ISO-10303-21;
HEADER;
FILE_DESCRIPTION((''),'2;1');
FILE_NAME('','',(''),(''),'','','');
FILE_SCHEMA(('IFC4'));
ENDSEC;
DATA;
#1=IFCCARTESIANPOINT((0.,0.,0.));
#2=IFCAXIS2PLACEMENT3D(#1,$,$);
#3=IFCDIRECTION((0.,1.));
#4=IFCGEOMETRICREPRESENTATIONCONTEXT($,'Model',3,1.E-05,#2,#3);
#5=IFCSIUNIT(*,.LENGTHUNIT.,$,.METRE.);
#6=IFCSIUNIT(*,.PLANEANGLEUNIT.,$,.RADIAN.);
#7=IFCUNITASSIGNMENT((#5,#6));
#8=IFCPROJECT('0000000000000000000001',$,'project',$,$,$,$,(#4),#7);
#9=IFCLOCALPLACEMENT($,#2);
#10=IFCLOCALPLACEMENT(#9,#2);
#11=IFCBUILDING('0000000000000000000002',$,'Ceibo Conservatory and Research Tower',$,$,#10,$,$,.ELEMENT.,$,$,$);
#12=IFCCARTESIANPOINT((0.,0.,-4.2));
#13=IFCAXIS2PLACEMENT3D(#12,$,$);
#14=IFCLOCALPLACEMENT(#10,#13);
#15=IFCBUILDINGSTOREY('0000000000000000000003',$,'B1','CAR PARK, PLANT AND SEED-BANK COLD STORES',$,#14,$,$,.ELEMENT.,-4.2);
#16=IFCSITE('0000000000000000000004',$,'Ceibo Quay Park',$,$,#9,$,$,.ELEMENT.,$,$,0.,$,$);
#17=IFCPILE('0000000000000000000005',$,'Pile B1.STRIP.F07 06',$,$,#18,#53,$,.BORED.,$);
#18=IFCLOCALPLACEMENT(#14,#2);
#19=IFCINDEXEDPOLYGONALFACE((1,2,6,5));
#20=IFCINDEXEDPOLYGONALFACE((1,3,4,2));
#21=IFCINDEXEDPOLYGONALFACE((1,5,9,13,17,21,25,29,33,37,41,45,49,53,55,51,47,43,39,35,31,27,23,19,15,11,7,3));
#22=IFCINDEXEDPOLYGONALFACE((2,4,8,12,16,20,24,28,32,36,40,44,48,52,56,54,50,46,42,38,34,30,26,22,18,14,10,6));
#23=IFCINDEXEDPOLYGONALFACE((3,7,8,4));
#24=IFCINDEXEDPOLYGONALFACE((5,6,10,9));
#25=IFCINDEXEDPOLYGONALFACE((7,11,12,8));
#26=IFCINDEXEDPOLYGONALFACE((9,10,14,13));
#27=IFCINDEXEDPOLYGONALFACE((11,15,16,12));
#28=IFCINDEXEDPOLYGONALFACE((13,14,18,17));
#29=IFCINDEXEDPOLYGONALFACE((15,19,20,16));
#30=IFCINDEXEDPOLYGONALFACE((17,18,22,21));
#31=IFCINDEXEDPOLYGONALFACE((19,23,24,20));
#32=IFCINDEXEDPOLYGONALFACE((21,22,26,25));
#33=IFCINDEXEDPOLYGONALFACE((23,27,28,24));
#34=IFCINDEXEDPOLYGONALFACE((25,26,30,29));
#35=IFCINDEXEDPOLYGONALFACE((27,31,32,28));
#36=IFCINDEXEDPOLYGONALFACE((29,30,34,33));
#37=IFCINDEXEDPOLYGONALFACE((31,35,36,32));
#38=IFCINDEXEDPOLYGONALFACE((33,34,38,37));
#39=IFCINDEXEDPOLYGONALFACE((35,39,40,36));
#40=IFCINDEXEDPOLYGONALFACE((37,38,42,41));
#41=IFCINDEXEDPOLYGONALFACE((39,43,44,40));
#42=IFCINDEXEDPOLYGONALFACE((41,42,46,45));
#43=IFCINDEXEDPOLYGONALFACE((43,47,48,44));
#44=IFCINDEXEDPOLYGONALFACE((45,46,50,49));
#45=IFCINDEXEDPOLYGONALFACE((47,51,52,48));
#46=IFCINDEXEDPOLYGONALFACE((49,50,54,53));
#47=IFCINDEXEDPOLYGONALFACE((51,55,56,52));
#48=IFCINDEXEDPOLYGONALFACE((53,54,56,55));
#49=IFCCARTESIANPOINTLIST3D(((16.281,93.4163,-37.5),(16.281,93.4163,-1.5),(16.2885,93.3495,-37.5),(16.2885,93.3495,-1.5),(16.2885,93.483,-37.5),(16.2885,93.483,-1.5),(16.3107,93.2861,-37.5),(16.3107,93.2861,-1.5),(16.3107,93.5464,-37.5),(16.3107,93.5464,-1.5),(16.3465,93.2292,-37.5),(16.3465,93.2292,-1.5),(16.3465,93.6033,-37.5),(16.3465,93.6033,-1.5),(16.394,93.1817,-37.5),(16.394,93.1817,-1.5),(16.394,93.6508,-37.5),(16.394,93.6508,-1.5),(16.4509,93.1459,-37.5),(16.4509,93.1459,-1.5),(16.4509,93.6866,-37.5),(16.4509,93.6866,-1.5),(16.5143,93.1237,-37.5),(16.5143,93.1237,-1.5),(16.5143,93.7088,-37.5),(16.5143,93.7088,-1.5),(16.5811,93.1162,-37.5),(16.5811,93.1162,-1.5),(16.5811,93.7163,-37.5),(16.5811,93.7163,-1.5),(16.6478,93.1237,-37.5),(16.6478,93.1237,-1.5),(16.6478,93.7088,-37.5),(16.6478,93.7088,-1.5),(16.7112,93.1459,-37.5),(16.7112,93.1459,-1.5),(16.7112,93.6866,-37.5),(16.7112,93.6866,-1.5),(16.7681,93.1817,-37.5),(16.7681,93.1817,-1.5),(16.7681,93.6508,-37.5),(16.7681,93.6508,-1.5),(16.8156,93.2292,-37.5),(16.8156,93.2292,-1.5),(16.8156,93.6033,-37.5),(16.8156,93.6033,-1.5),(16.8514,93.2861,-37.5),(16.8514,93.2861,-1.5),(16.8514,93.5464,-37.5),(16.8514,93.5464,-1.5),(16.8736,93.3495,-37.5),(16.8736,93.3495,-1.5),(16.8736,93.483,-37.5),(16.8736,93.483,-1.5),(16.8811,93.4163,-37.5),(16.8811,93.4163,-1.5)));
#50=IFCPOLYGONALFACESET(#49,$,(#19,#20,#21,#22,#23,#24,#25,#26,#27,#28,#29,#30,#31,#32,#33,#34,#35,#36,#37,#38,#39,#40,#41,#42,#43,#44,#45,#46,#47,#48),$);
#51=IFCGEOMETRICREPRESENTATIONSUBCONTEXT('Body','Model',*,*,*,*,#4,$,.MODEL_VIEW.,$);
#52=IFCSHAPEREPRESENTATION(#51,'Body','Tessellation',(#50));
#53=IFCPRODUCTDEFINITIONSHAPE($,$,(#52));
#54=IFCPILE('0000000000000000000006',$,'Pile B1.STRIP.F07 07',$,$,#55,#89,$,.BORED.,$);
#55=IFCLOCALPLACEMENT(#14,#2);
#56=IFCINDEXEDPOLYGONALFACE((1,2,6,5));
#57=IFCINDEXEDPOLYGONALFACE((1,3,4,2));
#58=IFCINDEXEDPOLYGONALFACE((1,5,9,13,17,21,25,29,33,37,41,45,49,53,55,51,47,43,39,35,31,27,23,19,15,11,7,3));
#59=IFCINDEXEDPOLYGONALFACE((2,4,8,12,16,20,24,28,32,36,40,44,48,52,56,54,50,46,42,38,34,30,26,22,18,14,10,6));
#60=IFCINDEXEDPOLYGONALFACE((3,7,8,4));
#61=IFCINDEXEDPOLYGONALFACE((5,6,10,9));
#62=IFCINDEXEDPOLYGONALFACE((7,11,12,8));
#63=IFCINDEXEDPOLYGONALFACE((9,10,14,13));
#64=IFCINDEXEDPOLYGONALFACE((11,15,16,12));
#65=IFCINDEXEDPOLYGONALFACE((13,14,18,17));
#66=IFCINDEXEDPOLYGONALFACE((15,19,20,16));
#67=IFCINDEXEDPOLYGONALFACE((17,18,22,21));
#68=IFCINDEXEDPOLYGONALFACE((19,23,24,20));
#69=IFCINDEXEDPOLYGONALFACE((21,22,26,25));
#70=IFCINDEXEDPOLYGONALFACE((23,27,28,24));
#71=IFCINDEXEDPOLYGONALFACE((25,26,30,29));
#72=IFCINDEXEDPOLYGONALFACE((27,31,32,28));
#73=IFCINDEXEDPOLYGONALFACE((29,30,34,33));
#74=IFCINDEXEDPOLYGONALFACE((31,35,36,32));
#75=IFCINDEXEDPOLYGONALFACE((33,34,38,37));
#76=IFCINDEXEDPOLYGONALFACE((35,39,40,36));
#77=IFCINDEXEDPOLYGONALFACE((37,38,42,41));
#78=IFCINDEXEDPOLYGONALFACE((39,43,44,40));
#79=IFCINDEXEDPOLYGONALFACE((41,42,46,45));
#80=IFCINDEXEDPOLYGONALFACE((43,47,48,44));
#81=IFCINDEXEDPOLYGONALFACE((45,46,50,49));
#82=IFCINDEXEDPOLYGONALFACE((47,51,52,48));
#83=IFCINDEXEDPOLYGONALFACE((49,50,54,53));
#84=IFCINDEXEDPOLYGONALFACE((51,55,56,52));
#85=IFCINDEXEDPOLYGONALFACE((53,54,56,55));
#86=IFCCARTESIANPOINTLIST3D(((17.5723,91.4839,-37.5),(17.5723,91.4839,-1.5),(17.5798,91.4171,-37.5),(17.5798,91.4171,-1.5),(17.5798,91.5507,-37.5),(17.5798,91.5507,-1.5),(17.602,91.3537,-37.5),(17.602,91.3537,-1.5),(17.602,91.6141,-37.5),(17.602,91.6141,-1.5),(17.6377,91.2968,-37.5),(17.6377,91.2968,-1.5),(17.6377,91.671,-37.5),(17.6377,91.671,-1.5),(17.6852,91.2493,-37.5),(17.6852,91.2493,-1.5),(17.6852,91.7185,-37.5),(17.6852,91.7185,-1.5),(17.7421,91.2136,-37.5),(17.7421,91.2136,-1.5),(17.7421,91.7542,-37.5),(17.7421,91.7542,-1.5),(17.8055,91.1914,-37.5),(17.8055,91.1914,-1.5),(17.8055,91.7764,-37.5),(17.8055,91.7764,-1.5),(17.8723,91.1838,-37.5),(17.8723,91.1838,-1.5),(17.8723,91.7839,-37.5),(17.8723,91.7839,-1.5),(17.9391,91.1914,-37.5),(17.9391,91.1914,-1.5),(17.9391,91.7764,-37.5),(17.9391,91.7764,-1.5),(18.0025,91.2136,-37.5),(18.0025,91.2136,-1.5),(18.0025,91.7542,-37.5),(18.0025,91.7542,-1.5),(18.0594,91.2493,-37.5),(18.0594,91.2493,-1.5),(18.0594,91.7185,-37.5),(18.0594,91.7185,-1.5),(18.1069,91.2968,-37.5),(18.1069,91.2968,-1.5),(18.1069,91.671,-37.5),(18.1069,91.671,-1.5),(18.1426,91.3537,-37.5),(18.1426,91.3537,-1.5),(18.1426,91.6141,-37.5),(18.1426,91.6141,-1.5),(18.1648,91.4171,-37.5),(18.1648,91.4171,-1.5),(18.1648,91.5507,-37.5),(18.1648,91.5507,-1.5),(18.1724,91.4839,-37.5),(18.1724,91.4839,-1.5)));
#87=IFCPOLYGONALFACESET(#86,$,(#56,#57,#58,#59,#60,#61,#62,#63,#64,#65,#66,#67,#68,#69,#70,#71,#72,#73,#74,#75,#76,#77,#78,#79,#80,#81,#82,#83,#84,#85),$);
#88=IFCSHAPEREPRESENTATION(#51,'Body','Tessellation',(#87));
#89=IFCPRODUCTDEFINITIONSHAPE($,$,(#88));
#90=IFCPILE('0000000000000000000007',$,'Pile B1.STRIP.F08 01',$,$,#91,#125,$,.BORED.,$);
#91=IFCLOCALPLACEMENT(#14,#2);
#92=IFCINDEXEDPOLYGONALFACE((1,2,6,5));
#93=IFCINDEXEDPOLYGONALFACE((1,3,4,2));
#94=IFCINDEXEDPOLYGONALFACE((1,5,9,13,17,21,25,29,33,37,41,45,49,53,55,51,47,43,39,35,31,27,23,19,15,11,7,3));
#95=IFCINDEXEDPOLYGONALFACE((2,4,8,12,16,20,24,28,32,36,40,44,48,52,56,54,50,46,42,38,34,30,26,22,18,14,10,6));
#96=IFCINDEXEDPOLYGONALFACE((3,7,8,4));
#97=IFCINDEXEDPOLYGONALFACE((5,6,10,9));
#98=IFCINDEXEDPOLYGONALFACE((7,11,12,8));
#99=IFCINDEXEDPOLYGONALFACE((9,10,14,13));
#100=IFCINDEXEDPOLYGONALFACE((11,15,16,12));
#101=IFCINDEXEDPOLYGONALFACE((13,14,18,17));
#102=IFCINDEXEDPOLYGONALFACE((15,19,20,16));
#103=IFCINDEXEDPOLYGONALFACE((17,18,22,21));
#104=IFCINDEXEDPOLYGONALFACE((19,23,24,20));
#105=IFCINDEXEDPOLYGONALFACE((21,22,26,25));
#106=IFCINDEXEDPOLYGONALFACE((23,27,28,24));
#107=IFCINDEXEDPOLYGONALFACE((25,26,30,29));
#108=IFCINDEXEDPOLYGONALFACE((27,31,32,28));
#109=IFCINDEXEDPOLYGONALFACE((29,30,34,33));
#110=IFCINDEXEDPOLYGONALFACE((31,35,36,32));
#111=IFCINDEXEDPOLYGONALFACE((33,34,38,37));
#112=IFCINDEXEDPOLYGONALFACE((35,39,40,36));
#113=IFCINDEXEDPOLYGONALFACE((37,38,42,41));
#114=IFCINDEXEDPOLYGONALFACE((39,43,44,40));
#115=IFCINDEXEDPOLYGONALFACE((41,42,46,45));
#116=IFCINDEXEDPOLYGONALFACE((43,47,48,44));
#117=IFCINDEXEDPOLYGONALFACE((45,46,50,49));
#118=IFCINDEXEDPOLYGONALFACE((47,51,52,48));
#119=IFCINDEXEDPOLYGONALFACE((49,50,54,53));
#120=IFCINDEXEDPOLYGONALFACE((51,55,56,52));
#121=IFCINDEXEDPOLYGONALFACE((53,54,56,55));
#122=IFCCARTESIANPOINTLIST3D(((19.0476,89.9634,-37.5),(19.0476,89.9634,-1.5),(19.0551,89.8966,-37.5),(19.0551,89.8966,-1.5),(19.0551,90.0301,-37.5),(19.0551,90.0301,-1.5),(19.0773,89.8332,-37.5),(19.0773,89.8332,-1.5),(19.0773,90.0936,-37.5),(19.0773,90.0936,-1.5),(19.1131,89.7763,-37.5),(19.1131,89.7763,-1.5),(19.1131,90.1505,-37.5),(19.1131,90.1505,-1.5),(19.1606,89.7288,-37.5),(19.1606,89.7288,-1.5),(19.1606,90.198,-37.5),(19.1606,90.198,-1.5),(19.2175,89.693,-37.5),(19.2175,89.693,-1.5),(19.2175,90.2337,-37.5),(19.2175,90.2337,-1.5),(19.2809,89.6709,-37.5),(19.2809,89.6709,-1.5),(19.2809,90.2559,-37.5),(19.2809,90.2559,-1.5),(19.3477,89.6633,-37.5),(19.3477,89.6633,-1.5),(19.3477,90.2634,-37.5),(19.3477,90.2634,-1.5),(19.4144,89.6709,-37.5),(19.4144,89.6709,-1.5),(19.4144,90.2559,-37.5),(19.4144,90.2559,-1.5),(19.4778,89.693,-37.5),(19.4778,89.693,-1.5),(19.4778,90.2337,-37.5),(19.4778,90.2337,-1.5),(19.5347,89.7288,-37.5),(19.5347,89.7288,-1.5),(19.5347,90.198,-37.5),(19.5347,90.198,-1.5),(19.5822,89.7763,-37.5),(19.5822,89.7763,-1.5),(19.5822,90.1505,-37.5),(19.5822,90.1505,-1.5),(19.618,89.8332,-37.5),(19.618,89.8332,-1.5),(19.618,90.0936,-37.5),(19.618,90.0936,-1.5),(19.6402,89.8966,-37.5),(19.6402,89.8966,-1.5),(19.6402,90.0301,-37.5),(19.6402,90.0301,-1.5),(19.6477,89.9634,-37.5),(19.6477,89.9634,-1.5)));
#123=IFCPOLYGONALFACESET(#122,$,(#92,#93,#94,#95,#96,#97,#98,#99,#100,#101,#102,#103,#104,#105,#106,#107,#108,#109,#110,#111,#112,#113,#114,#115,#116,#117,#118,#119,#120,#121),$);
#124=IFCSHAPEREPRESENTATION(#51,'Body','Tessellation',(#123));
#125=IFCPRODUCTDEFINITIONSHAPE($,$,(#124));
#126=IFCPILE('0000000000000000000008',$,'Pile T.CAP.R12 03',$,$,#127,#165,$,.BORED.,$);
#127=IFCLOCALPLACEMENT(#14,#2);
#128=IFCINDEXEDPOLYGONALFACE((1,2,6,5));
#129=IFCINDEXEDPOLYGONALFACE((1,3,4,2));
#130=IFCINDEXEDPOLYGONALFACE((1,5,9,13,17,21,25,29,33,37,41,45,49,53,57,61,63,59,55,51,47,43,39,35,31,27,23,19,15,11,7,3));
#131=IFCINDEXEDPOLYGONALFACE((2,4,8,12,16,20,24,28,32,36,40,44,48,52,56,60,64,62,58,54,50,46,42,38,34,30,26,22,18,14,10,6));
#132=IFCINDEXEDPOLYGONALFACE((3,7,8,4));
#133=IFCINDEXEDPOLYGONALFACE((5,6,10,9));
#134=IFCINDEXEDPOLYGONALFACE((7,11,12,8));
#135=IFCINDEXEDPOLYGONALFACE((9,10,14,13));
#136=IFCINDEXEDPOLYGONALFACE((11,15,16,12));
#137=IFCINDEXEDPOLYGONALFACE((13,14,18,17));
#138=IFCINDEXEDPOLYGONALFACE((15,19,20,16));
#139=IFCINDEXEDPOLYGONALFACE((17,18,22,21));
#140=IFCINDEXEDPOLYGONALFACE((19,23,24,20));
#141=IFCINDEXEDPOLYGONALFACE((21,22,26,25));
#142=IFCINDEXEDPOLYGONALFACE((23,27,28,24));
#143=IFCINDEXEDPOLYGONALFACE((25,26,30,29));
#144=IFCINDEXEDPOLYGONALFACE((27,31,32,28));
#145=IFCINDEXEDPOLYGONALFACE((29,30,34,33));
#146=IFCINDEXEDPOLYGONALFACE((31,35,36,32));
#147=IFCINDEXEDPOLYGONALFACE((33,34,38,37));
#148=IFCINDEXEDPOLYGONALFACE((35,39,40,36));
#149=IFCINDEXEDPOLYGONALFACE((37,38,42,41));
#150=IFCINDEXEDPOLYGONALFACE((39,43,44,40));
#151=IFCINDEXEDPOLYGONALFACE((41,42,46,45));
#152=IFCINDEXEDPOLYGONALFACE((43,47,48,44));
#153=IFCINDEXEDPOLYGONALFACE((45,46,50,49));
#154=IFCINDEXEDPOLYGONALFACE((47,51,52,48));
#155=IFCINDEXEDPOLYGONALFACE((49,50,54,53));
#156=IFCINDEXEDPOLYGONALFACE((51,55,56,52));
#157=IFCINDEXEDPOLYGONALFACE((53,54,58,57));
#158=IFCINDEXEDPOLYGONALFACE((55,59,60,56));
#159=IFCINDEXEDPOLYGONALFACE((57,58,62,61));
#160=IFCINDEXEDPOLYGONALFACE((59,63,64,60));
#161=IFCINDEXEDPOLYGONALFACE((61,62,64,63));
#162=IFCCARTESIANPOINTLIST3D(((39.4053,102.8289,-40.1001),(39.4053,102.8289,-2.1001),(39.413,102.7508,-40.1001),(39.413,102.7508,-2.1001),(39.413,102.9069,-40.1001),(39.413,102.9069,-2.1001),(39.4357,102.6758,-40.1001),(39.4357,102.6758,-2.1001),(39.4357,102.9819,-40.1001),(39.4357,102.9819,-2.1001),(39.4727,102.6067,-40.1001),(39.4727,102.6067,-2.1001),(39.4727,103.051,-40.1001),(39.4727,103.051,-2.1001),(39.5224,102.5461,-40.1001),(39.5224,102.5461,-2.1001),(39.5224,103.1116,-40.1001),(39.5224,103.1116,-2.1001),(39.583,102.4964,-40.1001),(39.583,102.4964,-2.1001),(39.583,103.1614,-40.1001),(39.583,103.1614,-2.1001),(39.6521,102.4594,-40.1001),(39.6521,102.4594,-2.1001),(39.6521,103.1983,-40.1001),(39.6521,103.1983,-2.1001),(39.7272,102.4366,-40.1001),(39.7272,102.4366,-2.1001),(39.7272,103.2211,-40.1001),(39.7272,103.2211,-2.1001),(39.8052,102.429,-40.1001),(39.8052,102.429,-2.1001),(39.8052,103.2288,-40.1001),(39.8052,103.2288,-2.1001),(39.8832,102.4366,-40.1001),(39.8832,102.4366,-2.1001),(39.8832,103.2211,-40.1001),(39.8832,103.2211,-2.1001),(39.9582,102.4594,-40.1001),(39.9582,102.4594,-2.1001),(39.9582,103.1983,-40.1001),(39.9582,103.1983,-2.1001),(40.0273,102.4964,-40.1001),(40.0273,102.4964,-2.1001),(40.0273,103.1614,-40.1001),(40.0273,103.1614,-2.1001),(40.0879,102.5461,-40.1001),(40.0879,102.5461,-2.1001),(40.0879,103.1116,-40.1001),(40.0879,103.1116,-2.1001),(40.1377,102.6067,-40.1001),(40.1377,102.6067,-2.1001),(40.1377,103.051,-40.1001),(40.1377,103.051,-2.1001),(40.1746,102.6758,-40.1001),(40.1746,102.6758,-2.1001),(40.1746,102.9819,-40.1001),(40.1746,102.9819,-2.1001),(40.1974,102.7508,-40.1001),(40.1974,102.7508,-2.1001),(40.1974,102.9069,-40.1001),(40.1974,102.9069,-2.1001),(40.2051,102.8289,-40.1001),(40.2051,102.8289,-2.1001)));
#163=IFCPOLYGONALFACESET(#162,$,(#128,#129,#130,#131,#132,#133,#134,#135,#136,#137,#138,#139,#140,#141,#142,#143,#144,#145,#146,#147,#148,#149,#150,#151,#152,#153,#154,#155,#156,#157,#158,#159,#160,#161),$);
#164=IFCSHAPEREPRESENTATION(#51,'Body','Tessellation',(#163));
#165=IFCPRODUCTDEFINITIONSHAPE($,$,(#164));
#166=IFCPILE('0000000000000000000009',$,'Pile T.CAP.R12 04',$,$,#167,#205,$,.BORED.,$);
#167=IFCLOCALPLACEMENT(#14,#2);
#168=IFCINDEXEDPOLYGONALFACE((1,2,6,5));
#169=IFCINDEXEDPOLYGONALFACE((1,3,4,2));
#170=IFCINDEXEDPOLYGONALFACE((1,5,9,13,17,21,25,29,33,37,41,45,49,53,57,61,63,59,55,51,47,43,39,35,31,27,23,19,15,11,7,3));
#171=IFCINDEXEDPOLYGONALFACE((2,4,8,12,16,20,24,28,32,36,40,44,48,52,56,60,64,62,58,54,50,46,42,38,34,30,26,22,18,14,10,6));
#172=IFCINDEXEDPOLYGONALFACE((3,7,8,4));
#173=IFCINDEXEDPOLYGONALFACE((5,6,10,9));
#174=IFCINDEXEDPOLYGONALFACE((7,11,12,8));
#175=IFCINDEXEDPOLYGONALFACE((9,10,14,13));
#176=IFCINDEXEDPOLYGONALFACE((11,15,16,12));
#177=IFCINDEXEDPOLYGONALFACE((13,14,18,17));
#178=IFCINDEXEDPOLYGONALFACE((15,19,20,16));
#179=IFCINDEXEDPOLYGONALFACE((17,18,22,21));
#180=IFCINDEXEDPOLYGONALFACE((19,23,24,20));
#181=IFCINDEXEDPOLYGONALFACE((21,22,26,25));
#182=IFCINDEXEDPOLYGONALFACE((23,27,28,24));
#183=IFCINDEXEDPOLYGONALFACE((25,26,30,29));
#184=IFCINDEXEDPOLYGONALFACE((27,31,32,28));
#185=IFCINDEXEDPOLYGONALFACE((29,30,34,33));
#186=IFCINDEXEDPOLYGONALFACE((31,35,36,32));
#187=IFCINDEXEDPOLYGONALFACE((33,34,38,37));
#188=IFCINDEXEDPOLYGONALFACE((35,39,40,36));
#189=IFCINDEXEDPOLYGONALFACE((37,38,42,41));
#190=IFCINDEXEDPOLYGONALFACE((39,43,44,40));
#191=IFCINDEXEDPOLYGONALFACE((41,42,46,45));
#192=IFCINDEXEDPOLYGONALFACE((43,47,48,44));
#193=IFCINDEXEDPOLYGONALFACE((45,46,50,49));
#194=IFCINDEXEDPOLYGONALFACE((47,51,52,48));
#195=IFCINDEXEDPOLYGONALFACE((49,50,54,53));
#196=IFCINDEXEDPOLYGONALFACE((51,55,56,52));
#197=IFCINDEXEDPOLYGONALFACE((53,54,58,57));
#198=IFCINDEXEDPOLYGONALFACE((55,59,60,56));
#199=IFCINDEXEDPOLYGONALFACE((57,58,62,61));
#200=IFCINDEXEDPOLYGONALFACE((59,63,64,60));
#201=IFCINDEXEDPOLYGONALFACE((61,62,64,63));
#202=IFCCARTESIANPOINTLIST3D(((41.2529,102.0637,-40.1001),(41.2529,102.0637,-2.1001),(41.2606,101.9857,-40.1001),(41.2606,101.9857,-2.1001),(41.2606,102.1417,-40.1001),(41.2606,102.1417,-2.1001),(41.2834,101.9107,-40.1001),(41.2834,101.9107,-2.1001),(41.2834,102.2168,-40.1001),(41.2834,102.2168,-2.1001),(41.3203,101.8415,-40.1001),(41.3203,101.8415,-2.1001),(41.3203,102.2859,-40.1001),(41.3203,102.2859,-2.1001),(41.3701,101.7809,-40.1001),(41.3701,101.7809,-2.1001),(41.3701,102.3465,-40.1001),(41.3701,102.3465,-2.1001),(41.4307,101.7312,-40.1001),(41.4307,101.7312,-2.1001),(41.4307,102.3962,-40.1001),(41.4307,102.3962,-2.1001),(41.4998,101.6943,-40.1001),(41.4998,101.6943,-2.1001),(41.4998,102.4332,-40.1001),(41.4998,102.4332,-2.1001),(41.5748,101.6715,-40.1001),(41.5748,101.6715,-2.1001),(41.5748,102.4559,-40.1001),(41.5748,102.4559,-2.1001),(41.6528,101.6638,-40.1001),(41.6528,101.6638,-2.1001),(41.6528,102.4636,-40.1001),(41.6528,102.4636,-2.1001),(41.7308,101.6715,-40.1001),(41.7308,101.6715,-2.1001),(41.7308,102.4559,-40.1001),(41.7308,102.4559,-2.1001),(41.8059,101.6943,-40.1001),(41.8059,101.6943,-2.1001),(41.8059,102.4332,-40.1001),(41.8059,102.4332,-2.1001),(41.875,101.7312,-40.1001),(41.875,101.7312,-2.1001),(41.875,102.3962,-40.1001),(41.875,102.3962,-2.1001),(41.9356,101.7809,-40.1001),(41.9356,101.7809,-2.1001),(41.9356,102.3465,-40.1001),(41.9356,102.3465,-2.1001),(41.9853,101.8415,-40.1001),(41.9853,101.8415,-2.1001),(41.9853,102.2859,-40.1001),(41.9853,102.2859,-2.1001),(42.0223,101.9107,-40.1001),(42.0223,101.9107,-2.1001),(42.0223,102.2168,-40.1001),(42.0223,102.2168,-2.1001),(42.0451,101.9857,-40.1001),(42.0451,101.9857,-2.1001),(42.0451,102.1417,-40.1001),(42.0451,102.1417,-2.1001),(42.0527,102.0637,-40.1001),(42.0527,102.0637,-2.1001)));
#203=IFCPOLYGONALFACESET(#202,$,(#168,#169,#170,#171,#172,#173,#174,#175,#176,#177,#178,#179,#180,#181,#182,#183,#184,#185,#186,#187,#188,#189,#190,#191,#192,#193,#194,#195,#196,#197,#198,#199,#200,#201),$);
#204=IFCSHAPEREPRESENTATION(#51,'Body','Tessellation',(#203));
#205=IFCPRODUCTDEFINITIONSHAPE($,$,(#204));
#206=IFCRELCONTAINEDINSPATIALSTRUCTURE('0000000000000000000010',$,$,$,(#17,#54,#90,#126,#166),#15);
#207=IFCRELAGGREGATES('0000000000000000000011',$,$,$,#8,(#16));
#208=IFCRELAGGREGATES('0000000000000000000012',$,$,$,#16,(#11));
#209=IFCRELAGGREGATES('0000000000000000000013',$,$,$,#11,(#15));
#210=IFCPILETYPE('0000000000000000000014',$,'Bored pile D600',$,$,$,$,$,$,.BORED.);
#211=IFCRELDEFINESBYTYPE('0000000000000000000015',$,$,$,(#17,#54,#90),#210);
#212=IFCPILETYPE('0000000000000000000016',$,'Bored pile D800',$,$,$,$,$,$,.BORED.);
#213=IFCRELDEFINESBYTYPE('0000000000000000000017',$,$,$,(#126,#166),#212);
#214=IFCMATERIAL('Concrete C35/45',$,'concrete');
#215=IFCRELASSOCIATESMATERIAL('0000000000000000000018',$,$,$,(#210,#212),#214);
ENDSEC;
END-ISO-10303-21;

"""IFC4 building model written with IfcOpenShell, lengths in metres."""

from ifc_helpers import new_model, si_unit, direction, frame, origin, origin_2d, place, context, subcontext, project, spatial, circle, extrude, material, material_profile, profile_set, type_object, element, save


model = new_model("IFC4")

# Units and contexts
model_context = context("Model", 3, precision=1e-05, world=origin(), true_north=direction((0.0, 1.0)))
body_context = subcontext(model_context, "Body", "Model", "MODEL_VIEW")
ifc_project = project(units=[si_unit("LENGTHUNIT", "METRE"), si_unit("PLANEANGLEUNIT", "RADIAN")], contexts=[model_context])

# Site, building, storey
site_placement = place(None, origin())
site = spatial("IfcSite", under=ifc_project, at=site_placement, Name="Ceibo Quay Park", CompositionType="ELEMENT", RefElevation=0.0)
building_placement = place(site_placement, origin())
building = spatial("IfcBuilding", under=site, at=building_placement, Name="Ceibo Conservatory and Research Tower", CompositionType="ELEMENT")
storey_placement = place(building_placement, frame((0.0, 0.0, -4.2)))
storey = spatial("IfcBuildingStorey", under=building, at=storey_placement, Name="B1", Description="CAR PARK, PLANT AND SEED-BANK COLD STORES", CompositionType="ELEMENT", Elevation=-4.2)

# Piles
ifc_material_1 = material(Name="Concrete C35/45", Category="concrete")
ifc_material_profile_1 = material_profile(ifc_material_1, circle(Radius=0.3, at=origin_2d()), Name="RC D600")
ifc_profile_set_1 = profile_set([ifc_material_profile_1], Name="Concrete C35/45")
pile_type_1 = type_object("IfcPileType", Name="Bored pile D600", PredefinedType="BORED", material=ifc_profile_set_1)
for number, where, z_axis, x_axis, name in (
    (1, (16.5811, 93.4163, -1.5), (0.0, 0.0, -1.0), (1.0, 0.0, 0.0), "Pile B1.STRIP.F07 06"),
    (2, (17.8723, 91.4839, -1.5), (0.0, 0.0, -1.0), (1.0, 0.0, 0.0), "Pile B1.STRIP.F07 07"),
    (3, (19.3477, 89.9634, -1.5), (0.0, 0.0, -1.0), (1.0, 0.0, 0.0), "Pile B1.STRIP.F08 01"),
):
    element("IfcPile", number, at=place(storey_placement, frame(where, z_axis=z_axis, x_axis=x_axis)), inside=storey, type_object=pile_type_1, Name=name, PredefinedType="BORED", context=body_context, shape_type="SweptSolid", body=[
        extrude(circle(Radius=0.3, at=origin_2d()), origin(), (0.0, 0.0, 1.0), 36.0),
    ])
ifc_material_profile_2 = material_profile(ifc_material_1, circle(Radius=0.3999, at=origin_2d()), Name="RC D800")
ifc_profile_set_2 = profile_set([ifc_material_profile_2], Name="Concrete C35/45")
pile_type_2 = type_object("IfcPileType", Name="Bored pile D800", PredefinedType="BORED", material=ifc_profile_set_2)
for number, where, z_axis, x_axis, name in (
    (4, (39.8052, 102.8289, -2.1001), (0.0, 0.0, -1.0), (1.0, 0.0, 0.0), "Pile T.CAP.R12 03"),
    (5, (41.6528, 102.0637, -2.1001), (0.0, 0.0, -1.0), (1.0, 0.0, 0.0), "Pile T.CAP.R12 04"),
):
    element("IfcPile", number, at=place(storey_placement, frame(where, z_axis=z_axis, x_axis=x_axis)), inside=storey, type_object=pile_type_2, Name=name, PredefinedType="BORED", context=body_context, shape_type="SweptSolid", body=[
        extrude(circle(Radius=0.3999, at=origin_2d()), origin(), (0.0, 0.0, 1.0), 38.0),
    ])

save(model, "model.ifc")
